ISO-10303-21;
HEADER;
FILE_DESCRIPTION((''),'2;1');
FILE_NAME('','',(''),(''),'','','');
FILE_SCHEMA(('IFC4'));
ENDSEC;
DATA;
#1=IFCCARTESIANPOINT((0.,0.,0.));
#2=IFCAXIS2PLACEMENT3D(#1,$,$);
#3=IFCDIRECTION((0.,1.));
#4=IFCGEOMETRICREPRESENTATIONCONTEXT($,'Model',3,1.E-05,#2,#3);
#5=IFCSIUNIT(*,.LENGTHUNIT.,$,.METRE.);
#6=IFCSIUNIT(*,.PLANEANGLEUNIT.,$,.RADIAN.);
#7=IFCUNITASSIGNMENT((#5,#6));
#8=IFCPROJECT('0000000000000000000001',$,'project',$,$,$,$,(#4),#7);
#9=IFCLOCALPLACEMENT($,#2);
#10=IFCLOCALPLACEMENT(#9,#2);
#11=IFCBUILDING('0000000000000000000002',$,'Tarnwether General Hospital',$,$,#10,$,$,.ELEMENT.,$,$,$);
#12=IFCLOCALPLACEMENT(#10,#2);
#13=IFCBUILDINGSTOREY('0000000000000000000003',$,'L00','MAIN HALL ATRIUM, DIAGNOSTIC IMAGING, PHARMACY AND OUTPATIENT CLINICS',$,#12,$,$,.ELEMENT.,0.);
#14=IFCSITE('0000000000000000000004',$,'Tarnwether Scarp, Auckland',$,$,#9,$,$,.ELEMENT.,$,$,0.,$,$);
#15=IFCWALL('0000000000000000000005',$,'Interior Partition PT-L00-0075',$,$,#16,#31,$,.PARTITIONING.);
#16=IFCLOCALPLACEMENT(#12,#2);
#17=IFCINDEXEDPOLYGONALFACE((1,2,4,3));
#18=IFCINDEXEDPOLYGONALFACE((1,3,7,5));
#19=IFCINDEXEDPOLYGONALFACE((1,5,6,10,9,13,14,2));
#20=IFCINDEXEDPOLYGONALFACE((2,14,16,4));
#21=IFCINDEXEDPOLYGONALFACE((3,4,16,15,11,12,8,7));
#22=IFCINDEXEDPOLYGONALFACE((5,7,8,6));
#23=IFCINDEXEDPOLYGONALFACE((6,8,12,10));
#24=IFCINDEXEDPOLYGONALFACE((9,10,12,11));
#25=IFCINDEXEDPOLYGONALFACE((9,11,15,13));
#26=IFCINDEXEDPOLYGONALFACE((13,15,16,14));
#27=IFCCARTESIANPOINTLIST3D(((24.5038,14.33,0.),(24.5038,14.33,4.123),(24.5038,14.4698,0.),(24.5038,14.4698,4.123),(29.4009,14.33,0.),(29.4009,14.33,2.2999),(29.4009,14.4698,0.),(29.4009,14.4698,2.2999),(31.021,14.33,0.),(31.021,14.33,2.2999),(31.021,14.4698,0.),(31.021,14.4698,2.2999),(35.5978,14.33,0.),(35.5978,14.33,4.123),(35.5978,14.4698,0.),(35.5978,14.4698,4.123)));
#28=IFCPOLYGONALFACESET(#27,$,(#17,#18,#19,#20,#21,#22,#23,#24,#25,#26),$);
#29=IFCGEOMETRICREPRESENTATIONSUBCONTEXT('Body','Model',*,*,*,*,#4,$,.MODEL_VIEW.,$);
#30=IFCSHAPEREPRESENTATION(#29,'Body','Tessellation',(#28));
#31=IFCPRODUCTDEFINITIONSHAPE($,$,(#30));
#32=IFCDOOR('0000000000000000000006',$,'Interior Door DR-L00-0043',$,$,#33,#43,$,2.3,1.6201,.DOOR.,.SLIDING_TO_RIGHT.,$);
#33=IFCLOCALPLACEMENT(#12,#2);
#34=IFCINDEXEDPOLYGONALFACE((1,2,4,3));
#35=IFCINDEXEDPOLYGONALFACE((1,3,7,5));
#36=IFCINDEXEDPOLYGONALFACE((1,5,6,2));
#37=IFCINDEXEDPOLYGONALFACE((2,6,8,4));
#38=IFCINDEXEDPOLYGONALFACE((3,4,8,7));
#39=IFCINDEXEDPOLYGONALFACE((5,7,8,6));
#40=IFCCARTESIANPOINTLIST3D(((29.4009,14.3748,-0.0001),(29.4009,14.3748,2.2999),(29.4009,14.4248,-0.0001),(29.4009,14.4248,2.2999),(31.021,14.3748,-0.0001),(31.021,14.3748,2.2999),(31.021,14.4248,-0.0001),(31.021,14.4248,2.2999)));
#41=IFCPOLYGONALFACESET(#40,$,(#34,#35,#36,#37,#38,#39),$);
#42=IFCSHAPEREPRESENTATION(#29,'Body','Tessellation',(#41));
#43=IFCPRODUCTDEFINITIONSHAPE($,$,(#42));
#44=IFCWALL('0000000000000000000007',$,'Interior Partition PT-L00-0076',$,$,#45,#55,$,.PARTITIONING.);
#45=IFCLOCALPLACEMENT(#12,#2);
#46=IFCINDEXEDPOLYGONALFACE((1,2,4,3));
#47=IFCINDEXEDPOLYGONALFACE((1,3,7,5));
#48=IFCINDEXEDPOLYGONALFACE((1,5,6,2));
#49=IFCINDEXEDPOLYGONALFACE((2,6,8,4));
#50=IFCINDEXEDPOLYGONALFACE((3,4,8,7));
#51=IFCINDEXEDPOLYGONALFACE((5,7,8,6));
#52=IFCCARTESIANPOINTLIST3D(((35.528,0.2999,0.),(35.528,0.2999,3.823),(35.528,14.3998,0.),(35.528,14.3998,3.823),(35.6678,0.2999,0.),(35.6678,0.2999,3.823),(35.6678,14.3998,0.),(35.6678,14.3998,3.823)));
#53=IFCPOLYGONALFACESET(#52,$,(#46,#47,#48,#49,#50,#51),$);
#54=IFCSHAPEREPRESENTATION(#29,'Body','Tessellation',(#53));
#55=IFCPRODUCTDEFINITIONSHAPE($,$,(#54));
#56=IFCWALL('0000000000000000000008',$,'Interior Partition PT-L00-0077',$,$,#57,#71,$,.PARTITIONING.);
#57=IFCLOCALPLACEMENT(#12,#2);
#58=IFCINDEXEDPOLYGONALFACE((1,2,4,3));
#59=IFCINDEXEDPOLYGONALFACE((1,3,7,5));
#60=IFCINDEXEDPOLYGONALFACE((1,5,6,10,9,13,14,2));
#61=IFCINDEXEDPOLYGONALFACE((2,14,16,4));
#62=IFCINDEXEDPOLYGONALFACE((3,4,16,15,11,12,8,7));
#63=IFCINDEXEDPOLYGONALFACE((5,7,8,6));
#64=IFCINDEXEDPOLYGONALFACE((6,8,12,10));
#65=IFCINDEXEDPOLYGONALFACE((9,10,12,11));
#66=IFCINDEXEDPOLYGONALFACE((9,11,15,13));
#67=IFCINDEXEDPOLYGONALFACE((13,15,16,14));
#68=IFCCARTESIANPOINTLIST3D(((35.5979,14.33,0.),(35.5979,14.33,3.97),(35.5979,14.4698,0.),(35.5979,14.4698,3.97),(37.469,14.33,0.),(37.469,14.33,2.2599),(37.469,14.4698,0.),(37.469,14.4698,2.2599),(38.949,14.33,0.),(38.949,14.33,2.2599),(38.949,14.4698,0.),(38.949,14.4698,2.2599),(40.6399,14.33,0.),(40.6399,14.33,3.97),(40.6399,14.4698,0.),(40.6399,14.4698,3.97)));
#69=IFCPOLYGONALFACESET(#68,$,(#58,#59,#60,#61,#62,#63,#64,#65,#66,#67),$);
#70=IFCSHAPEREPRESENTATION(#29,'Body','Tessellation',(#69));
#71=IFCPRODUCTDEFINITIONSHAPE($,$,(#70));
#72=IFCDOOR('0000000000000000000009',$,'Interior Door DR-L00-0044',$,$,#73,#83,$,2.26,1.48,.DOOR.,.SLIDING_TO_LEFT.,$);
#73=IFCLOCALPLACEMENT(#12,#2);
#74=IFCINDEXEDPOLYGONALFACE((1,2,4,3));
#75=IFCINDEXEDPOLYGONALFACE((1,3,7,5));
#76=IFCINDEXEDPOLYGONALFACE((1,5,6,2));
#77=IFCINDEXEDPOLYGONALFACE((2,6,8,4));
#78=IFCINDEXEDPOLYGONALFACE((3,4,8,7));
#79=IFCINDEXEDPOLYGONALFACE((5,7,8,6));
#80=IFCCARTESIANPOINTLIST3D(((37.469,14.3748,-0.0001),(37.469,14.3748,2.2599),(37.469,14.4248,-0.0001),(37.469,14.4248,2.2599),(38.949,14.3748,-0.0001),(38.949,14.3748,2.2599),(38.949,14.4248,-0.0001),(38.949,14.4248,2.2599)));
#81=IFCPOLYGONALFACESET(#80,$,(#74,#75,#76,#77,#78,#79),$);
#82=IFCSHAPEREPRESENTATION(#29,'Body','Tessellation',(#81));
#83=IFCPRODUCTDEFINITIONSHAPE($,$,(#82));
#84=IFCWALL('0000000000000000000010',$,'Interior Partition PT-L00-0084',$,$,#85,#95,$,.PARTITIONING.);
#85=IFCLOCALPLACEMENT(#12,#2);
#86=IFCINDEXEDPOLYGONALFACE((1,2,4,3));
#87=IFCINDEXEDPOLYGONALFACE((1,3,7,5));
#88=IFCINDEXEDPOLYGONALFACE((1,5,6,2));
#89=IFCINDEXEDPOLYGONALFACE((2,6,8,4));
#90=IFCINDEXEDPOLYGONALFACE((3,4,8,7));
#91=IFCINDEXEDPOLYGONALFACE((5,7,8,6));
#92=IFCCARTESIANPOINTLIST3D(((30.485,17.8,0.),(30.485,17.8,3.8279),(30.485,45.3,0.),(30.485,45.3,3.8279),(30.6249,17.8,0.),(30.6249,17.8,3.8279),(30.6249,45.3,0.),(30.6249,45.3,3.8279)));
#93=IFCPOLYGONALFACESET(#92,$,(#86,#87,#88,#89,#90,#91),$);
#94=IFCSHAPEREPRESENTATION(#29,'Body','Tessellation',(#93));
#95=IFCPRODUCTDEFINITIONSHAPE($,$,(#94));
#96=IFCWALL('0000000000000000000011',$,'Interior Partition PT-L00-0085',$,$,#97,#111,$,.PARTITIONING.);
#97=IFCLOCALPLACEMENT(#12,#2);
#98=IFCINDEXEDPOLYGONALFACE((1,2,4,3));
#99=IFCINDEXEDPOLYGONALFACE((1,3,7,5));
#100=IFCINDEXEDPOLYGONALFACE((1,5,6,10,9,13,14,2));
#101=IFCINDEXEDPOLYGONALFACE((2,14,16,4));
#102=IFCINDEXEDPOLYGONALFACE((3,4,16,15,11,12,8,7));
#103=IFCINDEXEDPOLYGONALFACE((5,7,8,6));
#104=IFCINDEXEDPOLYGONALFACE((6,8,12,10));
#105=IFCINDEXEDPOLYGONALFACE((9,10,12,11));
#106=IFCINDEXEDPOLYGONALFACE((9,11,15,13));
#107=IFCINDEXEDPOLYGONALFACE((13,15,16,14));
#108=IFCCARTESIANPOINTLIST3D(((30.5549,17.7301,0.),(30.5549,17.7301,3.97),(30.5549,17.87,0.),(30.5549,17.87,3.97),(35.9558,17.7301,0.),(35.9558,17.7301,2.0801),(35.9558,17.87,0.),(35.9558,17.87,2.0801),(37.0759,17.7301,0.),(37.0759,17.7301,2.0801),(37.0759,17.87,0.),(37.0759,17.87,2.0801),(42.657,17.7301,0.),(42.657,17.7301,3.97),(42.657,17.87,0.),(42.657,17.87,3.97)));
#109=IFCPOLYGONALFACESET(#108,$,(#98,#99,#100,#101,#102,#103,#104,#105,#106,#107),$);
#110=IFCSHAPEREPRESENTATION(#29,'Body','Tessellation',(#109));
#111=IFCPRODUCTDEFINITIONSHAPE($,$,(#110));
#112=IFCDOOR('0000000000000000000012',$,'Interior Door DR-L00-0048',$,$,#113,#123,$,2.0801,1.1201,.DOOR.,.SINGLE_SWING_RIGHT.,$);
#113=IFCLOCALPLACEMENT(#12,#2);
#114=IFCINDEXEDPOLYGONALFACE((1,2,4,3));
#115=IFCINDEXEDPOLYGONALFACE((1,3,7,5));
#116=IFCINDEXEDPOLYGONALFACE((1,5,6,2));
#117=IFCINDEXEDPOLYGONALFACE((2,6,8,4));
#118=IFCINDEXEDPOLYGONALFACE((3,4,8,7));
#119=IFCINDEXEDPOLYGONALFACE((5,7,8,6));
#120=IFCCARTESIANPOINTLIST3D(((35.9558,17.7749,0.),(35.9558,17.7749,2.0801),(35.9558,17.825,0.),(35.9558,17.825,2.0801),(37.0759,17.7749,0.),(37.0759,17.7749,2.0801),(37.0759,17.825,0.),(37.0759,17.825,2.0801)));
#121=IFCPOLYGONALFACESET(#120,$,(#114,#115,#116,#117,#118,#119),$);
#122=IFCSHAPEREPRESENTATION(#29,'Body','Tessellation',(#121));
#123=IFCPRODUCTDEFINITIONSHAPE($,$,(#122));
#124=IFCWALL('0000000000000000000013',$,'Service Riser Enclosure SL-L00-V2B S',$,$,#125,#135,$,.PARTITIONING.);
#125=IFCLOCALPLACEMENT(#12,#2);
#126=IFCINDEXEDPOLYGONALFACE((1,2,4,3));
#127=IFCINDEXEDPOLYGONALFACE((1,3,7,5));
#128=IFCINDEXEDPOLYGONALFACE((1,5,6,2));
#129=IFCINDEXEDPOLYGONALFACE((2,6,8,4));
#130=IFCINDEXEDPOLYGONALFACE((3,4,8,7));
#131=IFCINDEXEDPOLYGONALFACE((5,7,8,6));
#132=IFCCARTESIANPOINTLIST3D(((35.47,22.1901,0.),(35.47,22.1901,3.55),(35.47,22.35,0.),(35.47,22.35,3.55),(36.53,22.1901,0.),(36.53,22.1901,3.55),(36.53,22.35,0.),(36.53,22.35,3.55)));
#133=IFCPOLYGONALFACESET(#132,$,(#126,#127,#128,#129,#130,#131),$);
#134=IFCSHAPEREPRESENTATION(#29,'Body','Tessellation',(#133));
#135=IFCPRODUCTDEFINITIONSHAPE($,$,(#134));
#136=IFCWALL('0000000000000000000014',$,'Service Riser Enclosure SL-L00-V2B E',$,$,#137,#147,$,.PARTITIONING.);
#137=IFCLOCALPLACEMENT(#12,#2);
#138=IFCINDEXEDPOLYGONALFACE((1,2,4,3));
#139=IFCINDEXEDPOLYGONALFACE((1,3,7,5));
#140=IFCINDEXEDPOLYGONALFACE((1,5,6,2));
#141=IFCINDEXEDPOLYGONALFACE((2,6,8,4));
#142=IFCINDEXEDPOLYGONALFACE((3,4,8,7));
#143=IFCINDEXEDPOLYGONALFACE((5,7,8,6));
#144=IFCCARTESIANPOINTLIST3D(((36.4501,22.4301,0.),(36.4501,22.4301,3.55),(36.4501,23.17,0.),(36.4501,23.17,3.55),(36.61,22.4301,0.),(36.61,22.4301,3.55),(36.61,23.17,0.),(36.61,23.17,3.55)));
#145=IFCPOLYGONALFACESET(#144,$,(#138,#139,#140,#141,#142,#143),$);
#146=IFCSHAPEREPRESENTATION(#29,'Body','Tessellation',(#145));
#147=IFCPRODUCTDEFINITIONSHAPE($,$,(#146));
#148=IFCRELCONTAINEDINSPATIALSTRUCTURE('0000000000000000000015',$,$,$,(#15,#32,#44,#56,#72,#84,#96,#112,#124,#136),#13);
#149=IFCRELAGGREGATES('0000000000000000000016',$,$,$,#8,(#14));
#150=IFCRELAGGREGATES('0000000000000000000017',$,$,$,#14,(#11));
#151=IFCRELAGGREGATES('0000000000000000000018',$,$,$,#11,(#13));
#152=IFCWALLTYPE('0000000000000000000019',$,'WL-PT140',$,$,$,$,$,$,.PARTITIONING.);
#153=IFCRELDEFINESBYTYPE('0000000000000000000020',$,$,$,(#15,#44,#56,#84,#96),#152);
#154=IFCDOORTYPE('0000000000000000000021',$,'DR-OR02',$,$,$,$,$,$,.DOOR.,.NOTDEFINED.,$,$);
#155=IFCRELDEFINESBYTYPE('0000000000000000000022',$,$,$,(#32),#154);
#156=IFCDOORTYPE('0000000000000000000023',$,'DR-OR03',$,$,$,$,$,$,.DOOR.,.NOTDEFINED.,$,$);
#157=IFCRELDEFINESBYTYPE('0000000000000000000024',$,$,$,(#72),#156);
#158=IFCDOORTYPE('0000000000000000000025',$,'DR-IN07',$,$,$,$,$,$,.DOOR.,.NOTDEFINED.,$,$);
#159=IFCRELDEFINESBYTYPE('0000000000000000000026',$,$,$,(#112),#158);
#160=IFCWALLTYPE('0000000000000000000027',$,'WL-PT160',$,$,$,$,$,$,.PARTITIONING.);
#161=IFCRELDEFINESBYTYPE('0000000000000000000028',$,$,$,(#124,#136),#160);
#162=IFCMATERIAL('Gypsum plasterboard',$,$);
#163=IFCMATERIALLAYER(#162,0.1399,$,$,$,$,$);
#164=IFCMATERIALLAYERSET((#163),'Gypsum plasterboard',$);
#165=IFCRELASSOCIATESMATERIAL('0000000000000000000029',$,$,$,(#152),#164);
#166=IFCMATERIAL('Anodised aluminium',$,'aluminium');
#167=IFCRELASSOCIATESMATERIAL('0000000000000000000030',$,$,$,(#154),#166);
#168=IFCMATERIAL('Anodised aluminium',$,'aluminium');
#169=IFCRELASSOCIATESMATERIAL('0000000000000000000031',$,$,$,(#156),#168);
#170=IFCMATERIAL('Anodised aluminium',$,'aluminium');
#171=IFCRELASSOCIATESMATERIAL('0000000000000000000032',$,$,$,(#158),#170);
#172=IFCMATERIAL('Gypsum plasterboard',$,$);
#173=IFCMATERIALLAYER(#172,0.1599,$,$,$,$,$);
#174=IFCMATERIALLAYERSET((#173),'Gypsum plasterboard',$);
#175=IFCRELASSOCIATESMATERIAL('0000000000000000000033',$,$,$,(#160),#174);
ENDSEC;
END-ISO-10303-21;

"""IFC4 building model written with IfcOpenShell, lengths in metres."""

from ifc_helpers import new_model, si_unit, direction, frame, frame_2d, origin, place, context, subcontext, project, spatial, rectangle, extrude, material, layer, layer_set, type_object, element, fill, save


model = new_model("IFC4")

# Units and contexts
model_context = context("Model", 3, precision=1e-05, world=origin(), true_north=direction((0.0, 1.0)))
body_context = subcontext(model_context, "Body", "Model", "MODEL_VIEW")
ifc_project = project(units=[si_unit("LENGTHUNIT", "METRE"), si_unit("PLANEANGLEUNIT", "RADIAN")], contexts=[model_context])

# Site, building, storey
site_placement = place(None, origin())
site = spatial("IfcSite", under=ifc_project, at=site_placement, Name="Tarnwether Scarp, Auckland", CompositionType="ELEMENT", RefElevation=0.0)
building_placement = place(site_placement, origin())
building = spatial("IfcBuilding", under=site, at=building_placement, Name="Tarnwether General Hospital", CompositionType="ELEMENT")
storey_placement = place(building_placement, origin())
storey = spatial("IfcBuildingStorey", under=building, at=storey_placement, Name="L00", Description="MAIN HALL ATRIUM, DIAGNOSTIC IMAGING, PHARMACY AND OUTPATIENT CLINICS", CompositionType="ELEMENT", Elevation=0.0)

# Shared definitions
ifc_material_1 = material(Name="Gypsum plasterboard")
ifc_layer_1 = layer(ifc_material_1, 0.1399)
ifc_layer_set_1 = layer_set([ifc_layer_1], Name="Gypsum plasterboard")
wall_type_1 = type_object("IfcWallType", Name="WL-PT140", PredefinedType="PARTITIONING", material=ifc_layer_set_1)

# Wall, opening, door
wall_1_placement = place(storey_placement, frame((24.5039, 14.3999, 0.0), z_axis=(0.0, 0.0, 1.0), x_axis=(1.0, 0.0, 0.0)))
wall_1 = element("IfcWall", 1, at=wall_1_placement, inside=storey, type_object=wall_type_1, Name="Interior Partition PT-L00-0075", PredefinedType="PARTITIONING", context=body_context, shape_type="SweptSolid", body=[
    extrude(rectangle(XDim=11.094, YDim=0.1399, at=frame_2d((5.5469, 0.0))), origin(), (0.0, 0.0, 1.0), 4.123),
])
opening_1_placement = place(wall_1_placement, frame((4.897, 0.0, 0.0)))
opening_1 = element("IfcOpeningElement", 2, at=opening_1_placement, cuts=wall_1, PredefinedType="OPENING", context=body_context, shape_type="SweptSolid", body=[
    extrude(rectangle(XDim=1.6201, YDim=2.3, at=frame_2d((0.8101, 1.1499))), frame((0.0, 0.0801, 0.0), z_axis=(0.0, -1.0, 0.0), x_axis=(1.0, 0.0, 0.0)), (0.0, 0.0, 1.0), 0.1599),
])
ifc_material_2 = material(Name="Anodised aluminium", Category="aluminium")
door_type_1 = type_object("IfcDoorType", Name="DR-OR02", OperationType="NOTDEFINED", PredefinedType="DOOR", material=ifc_material_2)
door_1_placement = place(opening_1_placement, origin())
door_1 = element("IfcDoor", 3, at=door_1_placement, inside=storey, type_object=door_type_1, Name="Interior Door DR-L00-0043", OperationType="SLIDING_TO_RIGHT", OverallHeight=2.3, OverallWidth=1.6201, PredefinedType="DOOR", context=body_context, shape_type="SweptSolid", body=[
    extrude(rectangle(XDim=1.6201, YDim=2.3, at=frame_2d((0.8101, 1.1499))), frame((0.0, 0.0249, 0.0), z_axis=(0.0, -1.0, 0.0), x_axis=(1.0, 0.0, 0.0)), (0.0, 0.0, 1.0), 0.05),
])
fill(opening_1, door_1)

# Wall
wall_2_placement = place(storey_placement, frame((35.5979, 0.3, 0.0), z_axis=(0.0, 0.0, 1.0), x_axis=(0.0, 1.0, 0.0)))
element("IfcWall", 4, at=wall_2_placement, inside=storey, type_object=wall_type_1, Name="Interior Partition PT-L00-0076", PredefinedType="PARTITIONING", context=body_context, shape_type="SweptSolid", body=[
    extrude(rectangle(XDim=14.0999, YDim=0.1399, at=frame_2d((7.0498, 0.0))), origin(), (0.0, 0.0, 1.0), 3.823),
])

# Wall, opening, door
wall_3_placement = place(storey_placement, frame((35.5979, 14.3999, 0.0), z_axis=(0.0, 0.0, 1.0), x_axis=(1.0, 0.0, 0.0)))
wall_3 = element("IfcWall", 5, at=wall_3_placement, inside=storey, type_object=wall_type_1, Name="Interior Partition PT-L00-0077", PredefinedType="PARTITIONING", context=body_context, shape_type="SweptSolid", body=[
    extrude(rectangle(XDim=5.042, YDim=0.1399, at=frame_2d((2.521, 0.0))), origin(), (0.0, 0.0, 1.0), 3.97),
])
opening_2_placement = place(wall_3_placement, frame((1.8711, 0.0, 0.0)))
opening_2 = element("IfcOpeningElement", 6, at=opening_2_placement, cuts=wall_3, PredefinedType="OPENING", context=body_context, shape_type="SweptSolid", body=[
    extrude(rectangle(XDim=1.48, YDim=2.26, at=frame_2d((0.74, 1.1299))), frame((0.0, 0.0801, 0.0), z_axis=(0.0, -1.0, 0.0), x_axis=(1.0, 0.0, 0.0)), (0.0, 0.0, 1.0), 0.1599),
])
ifc_material_3 = material(Name="Anodised aluminium", Category="aluminium")
door_type_2 = type_object("IfcDoorType", Name="DR-OR03", OperationType="NOTDEFINED", PredefinedType="DOOR", material=ifc_material_3)
door_2_placement = place(opening_2_placement, origin())
door_2 = element("IfcDoor", 7, at=door_2_placement, inside=storey, type_object=door_type_2, Name="Interior Door DR-L00-0044", OperationType="SLIDING_TO_LEFT", OverallHeight=2.26, OverallWidth=1.48, PredefinedType="DOOR", context=body_context, shape_type="SweptSolid", body=[
    extrude(rectangle(XDim=1.48, YDim=2.26, at=frame_2d((0.74, 1.1299))), frame((0.0, 0.0249, 0.0), z_axis=(0.0, -1.0, 0.0), x_axis=(1.0, 0.0, 0.0)), (0.0, 0.0, 1.0), 0.05),
])
fill(opening_2, door_2)

# Wall
wall_4_placement = place(storey_placement, frame((30.5549, 17.8, 0.0), z_axis=(0.0, 0.0, 1.0), x_axis=(0.0, 1.0, 0.0)))
element("IfcWall", 8, at=wall_4_placement, inside=storey, type_object=wall_type_1, Name="Interior Partition PT-L00-0084", PredefinedType="PARTITIONING", context=body_context, shape_type="SweptSolid", body=[
    extrude(rectangle(XDim=27.5, YDim=0.1399, at=frame_2d((13.75, 0.0))), origin(), (0.0, 0.0, 1.0), 3.8279),
])

# Wall, opening, door
wall_5_placement = place(storey_placement, frame((30.5549, 17.8, 0.0), z_axis=(0.0, 0.0, 1.0), x_axis=(1.0, 0.0, 0.0)))
wall_5 = element("IfcWall", 9, at=wall_5_placement, inside=storey, type_object=wall_type_1, Name="Interior Partition PT-L00-0085", PredefinedType="PARTITIONING", context=body_context, shape_type="SweptSolid", body=[
    extrude(rectangle(XDim=12.1021, YDim=0.1399, at=frame_2d((6.051, 0.0))), origin(), (0.0, 0.0, 1.0), 3.97),
])
opening_3_placement = place(wall_5_placement, frame((5.4009, 0.0, 0.0)))
opening_3 = element("IfcOpeningElement", 10, at=opening_3_placement, cuts=wall_5, PredefinedType="OPENING", context=body_context, shape_type="SweptSolid", body=[
    extrude(rectangle(XDim=1.1201, YDim=2.0801, at=frame_2d((0.5601, 1.04))), frame((0.0, 0.0801, 0.0), z_axis=(0.0, -1.0, 0.0), x_axis=(1.0, 0.0, 0.0)), (0.0, 0.0, 1.0), 0.1599),
])
ifc_material_4 = material(Name="Anodised aluminium", Category="aluminium")
door_type_3 = type_object("IfcDoorType", Name="DR-IN07", OperationType="NOTDEFINED", PredefinedType="DOOR", material=ifc_material_4)
door_3_placement = place(opening_3_placement, origin())
door_3 = element("IfcDoor", 11, at=door_3_placement, inside=storey, type_object=door_type_3, Name="Interior Door DR-L00-0048", OperationType="SINGLE_SWING_RIGHT", OverallHeight=2.0801, OverallWidth=1.1201, PredefinedType="DOOR", context=body_context, shape_type="SweptSolid", body=[
    extrude(rectangle(XDim=1.1201, YDim=2.0801, at=frame_2d((0.5601, 1.04))), frame((0.0, 0.0249, 0.0), z_axis=(0.0, -1.0, 0.0), x_axis=(1.0, 0.0, 0.0)), (0.0, 0.0, 1.0), 0.05),
])
fill(opening_3, door_3)

# Walls
ifc_material_5 = material(Name="Gypsum plasterboard")
ifc_layer_2 = layer(ifc_material_5, 0.1599)
ifc_layer_set_2 = layer_set([ifc_layer_2], Name="Gypsum plasterboard")
wall_type_2 = type_object("IfcWallType", Name="WL-PT160", PredefinedType="PARTITIONING", material=ifc_layer_set_2)
wall_6_placement = place(storey_placement, frame((35.47, 22.27, 0.0), z_axis=(0.0, 0.0, 1.0), x_axis=(1.0, 0.0, 0.0)))
element("IfcWall", 12, at=wall_6_placement, inside=storey, type_object=wall_type_2, Name="Service Riser Enclosure SL-L00-V2B S", PredefinedType="PARTITIONING", context=body_context, shape_type="SweptSolid", body=[
    extrude(rectangle(XDim=1.0601, YDim=0.1599, at=frame_2d((0.53, 0.0))), origin(), (0.0, 0.0, 1.0), 3.55),
])
wall_7_placement = place(storey_placement, frame((36.53, 22.4299, 0.0), z_axis=(0.0, 0.0, 1.0), x_axis=(0.0, 1.0, 0.0)))
element("IfcWall", 13, at=wall_7_placement, inside=storey, type_object=wall_type_2, Name="Service Riser Enclosure SL-L00-V2B E", PredefinedType="PARTITIONING", context=body_context, shape_type="SweptSolid", body=[
    extrude(rectangle(XDim=0.74, YDim=0.1599, at=frame_2d((0.3701, 0.0))), origin(), (0.0, 0.0, 1.0), 3.55),
])

save(model, "model.ifc")
